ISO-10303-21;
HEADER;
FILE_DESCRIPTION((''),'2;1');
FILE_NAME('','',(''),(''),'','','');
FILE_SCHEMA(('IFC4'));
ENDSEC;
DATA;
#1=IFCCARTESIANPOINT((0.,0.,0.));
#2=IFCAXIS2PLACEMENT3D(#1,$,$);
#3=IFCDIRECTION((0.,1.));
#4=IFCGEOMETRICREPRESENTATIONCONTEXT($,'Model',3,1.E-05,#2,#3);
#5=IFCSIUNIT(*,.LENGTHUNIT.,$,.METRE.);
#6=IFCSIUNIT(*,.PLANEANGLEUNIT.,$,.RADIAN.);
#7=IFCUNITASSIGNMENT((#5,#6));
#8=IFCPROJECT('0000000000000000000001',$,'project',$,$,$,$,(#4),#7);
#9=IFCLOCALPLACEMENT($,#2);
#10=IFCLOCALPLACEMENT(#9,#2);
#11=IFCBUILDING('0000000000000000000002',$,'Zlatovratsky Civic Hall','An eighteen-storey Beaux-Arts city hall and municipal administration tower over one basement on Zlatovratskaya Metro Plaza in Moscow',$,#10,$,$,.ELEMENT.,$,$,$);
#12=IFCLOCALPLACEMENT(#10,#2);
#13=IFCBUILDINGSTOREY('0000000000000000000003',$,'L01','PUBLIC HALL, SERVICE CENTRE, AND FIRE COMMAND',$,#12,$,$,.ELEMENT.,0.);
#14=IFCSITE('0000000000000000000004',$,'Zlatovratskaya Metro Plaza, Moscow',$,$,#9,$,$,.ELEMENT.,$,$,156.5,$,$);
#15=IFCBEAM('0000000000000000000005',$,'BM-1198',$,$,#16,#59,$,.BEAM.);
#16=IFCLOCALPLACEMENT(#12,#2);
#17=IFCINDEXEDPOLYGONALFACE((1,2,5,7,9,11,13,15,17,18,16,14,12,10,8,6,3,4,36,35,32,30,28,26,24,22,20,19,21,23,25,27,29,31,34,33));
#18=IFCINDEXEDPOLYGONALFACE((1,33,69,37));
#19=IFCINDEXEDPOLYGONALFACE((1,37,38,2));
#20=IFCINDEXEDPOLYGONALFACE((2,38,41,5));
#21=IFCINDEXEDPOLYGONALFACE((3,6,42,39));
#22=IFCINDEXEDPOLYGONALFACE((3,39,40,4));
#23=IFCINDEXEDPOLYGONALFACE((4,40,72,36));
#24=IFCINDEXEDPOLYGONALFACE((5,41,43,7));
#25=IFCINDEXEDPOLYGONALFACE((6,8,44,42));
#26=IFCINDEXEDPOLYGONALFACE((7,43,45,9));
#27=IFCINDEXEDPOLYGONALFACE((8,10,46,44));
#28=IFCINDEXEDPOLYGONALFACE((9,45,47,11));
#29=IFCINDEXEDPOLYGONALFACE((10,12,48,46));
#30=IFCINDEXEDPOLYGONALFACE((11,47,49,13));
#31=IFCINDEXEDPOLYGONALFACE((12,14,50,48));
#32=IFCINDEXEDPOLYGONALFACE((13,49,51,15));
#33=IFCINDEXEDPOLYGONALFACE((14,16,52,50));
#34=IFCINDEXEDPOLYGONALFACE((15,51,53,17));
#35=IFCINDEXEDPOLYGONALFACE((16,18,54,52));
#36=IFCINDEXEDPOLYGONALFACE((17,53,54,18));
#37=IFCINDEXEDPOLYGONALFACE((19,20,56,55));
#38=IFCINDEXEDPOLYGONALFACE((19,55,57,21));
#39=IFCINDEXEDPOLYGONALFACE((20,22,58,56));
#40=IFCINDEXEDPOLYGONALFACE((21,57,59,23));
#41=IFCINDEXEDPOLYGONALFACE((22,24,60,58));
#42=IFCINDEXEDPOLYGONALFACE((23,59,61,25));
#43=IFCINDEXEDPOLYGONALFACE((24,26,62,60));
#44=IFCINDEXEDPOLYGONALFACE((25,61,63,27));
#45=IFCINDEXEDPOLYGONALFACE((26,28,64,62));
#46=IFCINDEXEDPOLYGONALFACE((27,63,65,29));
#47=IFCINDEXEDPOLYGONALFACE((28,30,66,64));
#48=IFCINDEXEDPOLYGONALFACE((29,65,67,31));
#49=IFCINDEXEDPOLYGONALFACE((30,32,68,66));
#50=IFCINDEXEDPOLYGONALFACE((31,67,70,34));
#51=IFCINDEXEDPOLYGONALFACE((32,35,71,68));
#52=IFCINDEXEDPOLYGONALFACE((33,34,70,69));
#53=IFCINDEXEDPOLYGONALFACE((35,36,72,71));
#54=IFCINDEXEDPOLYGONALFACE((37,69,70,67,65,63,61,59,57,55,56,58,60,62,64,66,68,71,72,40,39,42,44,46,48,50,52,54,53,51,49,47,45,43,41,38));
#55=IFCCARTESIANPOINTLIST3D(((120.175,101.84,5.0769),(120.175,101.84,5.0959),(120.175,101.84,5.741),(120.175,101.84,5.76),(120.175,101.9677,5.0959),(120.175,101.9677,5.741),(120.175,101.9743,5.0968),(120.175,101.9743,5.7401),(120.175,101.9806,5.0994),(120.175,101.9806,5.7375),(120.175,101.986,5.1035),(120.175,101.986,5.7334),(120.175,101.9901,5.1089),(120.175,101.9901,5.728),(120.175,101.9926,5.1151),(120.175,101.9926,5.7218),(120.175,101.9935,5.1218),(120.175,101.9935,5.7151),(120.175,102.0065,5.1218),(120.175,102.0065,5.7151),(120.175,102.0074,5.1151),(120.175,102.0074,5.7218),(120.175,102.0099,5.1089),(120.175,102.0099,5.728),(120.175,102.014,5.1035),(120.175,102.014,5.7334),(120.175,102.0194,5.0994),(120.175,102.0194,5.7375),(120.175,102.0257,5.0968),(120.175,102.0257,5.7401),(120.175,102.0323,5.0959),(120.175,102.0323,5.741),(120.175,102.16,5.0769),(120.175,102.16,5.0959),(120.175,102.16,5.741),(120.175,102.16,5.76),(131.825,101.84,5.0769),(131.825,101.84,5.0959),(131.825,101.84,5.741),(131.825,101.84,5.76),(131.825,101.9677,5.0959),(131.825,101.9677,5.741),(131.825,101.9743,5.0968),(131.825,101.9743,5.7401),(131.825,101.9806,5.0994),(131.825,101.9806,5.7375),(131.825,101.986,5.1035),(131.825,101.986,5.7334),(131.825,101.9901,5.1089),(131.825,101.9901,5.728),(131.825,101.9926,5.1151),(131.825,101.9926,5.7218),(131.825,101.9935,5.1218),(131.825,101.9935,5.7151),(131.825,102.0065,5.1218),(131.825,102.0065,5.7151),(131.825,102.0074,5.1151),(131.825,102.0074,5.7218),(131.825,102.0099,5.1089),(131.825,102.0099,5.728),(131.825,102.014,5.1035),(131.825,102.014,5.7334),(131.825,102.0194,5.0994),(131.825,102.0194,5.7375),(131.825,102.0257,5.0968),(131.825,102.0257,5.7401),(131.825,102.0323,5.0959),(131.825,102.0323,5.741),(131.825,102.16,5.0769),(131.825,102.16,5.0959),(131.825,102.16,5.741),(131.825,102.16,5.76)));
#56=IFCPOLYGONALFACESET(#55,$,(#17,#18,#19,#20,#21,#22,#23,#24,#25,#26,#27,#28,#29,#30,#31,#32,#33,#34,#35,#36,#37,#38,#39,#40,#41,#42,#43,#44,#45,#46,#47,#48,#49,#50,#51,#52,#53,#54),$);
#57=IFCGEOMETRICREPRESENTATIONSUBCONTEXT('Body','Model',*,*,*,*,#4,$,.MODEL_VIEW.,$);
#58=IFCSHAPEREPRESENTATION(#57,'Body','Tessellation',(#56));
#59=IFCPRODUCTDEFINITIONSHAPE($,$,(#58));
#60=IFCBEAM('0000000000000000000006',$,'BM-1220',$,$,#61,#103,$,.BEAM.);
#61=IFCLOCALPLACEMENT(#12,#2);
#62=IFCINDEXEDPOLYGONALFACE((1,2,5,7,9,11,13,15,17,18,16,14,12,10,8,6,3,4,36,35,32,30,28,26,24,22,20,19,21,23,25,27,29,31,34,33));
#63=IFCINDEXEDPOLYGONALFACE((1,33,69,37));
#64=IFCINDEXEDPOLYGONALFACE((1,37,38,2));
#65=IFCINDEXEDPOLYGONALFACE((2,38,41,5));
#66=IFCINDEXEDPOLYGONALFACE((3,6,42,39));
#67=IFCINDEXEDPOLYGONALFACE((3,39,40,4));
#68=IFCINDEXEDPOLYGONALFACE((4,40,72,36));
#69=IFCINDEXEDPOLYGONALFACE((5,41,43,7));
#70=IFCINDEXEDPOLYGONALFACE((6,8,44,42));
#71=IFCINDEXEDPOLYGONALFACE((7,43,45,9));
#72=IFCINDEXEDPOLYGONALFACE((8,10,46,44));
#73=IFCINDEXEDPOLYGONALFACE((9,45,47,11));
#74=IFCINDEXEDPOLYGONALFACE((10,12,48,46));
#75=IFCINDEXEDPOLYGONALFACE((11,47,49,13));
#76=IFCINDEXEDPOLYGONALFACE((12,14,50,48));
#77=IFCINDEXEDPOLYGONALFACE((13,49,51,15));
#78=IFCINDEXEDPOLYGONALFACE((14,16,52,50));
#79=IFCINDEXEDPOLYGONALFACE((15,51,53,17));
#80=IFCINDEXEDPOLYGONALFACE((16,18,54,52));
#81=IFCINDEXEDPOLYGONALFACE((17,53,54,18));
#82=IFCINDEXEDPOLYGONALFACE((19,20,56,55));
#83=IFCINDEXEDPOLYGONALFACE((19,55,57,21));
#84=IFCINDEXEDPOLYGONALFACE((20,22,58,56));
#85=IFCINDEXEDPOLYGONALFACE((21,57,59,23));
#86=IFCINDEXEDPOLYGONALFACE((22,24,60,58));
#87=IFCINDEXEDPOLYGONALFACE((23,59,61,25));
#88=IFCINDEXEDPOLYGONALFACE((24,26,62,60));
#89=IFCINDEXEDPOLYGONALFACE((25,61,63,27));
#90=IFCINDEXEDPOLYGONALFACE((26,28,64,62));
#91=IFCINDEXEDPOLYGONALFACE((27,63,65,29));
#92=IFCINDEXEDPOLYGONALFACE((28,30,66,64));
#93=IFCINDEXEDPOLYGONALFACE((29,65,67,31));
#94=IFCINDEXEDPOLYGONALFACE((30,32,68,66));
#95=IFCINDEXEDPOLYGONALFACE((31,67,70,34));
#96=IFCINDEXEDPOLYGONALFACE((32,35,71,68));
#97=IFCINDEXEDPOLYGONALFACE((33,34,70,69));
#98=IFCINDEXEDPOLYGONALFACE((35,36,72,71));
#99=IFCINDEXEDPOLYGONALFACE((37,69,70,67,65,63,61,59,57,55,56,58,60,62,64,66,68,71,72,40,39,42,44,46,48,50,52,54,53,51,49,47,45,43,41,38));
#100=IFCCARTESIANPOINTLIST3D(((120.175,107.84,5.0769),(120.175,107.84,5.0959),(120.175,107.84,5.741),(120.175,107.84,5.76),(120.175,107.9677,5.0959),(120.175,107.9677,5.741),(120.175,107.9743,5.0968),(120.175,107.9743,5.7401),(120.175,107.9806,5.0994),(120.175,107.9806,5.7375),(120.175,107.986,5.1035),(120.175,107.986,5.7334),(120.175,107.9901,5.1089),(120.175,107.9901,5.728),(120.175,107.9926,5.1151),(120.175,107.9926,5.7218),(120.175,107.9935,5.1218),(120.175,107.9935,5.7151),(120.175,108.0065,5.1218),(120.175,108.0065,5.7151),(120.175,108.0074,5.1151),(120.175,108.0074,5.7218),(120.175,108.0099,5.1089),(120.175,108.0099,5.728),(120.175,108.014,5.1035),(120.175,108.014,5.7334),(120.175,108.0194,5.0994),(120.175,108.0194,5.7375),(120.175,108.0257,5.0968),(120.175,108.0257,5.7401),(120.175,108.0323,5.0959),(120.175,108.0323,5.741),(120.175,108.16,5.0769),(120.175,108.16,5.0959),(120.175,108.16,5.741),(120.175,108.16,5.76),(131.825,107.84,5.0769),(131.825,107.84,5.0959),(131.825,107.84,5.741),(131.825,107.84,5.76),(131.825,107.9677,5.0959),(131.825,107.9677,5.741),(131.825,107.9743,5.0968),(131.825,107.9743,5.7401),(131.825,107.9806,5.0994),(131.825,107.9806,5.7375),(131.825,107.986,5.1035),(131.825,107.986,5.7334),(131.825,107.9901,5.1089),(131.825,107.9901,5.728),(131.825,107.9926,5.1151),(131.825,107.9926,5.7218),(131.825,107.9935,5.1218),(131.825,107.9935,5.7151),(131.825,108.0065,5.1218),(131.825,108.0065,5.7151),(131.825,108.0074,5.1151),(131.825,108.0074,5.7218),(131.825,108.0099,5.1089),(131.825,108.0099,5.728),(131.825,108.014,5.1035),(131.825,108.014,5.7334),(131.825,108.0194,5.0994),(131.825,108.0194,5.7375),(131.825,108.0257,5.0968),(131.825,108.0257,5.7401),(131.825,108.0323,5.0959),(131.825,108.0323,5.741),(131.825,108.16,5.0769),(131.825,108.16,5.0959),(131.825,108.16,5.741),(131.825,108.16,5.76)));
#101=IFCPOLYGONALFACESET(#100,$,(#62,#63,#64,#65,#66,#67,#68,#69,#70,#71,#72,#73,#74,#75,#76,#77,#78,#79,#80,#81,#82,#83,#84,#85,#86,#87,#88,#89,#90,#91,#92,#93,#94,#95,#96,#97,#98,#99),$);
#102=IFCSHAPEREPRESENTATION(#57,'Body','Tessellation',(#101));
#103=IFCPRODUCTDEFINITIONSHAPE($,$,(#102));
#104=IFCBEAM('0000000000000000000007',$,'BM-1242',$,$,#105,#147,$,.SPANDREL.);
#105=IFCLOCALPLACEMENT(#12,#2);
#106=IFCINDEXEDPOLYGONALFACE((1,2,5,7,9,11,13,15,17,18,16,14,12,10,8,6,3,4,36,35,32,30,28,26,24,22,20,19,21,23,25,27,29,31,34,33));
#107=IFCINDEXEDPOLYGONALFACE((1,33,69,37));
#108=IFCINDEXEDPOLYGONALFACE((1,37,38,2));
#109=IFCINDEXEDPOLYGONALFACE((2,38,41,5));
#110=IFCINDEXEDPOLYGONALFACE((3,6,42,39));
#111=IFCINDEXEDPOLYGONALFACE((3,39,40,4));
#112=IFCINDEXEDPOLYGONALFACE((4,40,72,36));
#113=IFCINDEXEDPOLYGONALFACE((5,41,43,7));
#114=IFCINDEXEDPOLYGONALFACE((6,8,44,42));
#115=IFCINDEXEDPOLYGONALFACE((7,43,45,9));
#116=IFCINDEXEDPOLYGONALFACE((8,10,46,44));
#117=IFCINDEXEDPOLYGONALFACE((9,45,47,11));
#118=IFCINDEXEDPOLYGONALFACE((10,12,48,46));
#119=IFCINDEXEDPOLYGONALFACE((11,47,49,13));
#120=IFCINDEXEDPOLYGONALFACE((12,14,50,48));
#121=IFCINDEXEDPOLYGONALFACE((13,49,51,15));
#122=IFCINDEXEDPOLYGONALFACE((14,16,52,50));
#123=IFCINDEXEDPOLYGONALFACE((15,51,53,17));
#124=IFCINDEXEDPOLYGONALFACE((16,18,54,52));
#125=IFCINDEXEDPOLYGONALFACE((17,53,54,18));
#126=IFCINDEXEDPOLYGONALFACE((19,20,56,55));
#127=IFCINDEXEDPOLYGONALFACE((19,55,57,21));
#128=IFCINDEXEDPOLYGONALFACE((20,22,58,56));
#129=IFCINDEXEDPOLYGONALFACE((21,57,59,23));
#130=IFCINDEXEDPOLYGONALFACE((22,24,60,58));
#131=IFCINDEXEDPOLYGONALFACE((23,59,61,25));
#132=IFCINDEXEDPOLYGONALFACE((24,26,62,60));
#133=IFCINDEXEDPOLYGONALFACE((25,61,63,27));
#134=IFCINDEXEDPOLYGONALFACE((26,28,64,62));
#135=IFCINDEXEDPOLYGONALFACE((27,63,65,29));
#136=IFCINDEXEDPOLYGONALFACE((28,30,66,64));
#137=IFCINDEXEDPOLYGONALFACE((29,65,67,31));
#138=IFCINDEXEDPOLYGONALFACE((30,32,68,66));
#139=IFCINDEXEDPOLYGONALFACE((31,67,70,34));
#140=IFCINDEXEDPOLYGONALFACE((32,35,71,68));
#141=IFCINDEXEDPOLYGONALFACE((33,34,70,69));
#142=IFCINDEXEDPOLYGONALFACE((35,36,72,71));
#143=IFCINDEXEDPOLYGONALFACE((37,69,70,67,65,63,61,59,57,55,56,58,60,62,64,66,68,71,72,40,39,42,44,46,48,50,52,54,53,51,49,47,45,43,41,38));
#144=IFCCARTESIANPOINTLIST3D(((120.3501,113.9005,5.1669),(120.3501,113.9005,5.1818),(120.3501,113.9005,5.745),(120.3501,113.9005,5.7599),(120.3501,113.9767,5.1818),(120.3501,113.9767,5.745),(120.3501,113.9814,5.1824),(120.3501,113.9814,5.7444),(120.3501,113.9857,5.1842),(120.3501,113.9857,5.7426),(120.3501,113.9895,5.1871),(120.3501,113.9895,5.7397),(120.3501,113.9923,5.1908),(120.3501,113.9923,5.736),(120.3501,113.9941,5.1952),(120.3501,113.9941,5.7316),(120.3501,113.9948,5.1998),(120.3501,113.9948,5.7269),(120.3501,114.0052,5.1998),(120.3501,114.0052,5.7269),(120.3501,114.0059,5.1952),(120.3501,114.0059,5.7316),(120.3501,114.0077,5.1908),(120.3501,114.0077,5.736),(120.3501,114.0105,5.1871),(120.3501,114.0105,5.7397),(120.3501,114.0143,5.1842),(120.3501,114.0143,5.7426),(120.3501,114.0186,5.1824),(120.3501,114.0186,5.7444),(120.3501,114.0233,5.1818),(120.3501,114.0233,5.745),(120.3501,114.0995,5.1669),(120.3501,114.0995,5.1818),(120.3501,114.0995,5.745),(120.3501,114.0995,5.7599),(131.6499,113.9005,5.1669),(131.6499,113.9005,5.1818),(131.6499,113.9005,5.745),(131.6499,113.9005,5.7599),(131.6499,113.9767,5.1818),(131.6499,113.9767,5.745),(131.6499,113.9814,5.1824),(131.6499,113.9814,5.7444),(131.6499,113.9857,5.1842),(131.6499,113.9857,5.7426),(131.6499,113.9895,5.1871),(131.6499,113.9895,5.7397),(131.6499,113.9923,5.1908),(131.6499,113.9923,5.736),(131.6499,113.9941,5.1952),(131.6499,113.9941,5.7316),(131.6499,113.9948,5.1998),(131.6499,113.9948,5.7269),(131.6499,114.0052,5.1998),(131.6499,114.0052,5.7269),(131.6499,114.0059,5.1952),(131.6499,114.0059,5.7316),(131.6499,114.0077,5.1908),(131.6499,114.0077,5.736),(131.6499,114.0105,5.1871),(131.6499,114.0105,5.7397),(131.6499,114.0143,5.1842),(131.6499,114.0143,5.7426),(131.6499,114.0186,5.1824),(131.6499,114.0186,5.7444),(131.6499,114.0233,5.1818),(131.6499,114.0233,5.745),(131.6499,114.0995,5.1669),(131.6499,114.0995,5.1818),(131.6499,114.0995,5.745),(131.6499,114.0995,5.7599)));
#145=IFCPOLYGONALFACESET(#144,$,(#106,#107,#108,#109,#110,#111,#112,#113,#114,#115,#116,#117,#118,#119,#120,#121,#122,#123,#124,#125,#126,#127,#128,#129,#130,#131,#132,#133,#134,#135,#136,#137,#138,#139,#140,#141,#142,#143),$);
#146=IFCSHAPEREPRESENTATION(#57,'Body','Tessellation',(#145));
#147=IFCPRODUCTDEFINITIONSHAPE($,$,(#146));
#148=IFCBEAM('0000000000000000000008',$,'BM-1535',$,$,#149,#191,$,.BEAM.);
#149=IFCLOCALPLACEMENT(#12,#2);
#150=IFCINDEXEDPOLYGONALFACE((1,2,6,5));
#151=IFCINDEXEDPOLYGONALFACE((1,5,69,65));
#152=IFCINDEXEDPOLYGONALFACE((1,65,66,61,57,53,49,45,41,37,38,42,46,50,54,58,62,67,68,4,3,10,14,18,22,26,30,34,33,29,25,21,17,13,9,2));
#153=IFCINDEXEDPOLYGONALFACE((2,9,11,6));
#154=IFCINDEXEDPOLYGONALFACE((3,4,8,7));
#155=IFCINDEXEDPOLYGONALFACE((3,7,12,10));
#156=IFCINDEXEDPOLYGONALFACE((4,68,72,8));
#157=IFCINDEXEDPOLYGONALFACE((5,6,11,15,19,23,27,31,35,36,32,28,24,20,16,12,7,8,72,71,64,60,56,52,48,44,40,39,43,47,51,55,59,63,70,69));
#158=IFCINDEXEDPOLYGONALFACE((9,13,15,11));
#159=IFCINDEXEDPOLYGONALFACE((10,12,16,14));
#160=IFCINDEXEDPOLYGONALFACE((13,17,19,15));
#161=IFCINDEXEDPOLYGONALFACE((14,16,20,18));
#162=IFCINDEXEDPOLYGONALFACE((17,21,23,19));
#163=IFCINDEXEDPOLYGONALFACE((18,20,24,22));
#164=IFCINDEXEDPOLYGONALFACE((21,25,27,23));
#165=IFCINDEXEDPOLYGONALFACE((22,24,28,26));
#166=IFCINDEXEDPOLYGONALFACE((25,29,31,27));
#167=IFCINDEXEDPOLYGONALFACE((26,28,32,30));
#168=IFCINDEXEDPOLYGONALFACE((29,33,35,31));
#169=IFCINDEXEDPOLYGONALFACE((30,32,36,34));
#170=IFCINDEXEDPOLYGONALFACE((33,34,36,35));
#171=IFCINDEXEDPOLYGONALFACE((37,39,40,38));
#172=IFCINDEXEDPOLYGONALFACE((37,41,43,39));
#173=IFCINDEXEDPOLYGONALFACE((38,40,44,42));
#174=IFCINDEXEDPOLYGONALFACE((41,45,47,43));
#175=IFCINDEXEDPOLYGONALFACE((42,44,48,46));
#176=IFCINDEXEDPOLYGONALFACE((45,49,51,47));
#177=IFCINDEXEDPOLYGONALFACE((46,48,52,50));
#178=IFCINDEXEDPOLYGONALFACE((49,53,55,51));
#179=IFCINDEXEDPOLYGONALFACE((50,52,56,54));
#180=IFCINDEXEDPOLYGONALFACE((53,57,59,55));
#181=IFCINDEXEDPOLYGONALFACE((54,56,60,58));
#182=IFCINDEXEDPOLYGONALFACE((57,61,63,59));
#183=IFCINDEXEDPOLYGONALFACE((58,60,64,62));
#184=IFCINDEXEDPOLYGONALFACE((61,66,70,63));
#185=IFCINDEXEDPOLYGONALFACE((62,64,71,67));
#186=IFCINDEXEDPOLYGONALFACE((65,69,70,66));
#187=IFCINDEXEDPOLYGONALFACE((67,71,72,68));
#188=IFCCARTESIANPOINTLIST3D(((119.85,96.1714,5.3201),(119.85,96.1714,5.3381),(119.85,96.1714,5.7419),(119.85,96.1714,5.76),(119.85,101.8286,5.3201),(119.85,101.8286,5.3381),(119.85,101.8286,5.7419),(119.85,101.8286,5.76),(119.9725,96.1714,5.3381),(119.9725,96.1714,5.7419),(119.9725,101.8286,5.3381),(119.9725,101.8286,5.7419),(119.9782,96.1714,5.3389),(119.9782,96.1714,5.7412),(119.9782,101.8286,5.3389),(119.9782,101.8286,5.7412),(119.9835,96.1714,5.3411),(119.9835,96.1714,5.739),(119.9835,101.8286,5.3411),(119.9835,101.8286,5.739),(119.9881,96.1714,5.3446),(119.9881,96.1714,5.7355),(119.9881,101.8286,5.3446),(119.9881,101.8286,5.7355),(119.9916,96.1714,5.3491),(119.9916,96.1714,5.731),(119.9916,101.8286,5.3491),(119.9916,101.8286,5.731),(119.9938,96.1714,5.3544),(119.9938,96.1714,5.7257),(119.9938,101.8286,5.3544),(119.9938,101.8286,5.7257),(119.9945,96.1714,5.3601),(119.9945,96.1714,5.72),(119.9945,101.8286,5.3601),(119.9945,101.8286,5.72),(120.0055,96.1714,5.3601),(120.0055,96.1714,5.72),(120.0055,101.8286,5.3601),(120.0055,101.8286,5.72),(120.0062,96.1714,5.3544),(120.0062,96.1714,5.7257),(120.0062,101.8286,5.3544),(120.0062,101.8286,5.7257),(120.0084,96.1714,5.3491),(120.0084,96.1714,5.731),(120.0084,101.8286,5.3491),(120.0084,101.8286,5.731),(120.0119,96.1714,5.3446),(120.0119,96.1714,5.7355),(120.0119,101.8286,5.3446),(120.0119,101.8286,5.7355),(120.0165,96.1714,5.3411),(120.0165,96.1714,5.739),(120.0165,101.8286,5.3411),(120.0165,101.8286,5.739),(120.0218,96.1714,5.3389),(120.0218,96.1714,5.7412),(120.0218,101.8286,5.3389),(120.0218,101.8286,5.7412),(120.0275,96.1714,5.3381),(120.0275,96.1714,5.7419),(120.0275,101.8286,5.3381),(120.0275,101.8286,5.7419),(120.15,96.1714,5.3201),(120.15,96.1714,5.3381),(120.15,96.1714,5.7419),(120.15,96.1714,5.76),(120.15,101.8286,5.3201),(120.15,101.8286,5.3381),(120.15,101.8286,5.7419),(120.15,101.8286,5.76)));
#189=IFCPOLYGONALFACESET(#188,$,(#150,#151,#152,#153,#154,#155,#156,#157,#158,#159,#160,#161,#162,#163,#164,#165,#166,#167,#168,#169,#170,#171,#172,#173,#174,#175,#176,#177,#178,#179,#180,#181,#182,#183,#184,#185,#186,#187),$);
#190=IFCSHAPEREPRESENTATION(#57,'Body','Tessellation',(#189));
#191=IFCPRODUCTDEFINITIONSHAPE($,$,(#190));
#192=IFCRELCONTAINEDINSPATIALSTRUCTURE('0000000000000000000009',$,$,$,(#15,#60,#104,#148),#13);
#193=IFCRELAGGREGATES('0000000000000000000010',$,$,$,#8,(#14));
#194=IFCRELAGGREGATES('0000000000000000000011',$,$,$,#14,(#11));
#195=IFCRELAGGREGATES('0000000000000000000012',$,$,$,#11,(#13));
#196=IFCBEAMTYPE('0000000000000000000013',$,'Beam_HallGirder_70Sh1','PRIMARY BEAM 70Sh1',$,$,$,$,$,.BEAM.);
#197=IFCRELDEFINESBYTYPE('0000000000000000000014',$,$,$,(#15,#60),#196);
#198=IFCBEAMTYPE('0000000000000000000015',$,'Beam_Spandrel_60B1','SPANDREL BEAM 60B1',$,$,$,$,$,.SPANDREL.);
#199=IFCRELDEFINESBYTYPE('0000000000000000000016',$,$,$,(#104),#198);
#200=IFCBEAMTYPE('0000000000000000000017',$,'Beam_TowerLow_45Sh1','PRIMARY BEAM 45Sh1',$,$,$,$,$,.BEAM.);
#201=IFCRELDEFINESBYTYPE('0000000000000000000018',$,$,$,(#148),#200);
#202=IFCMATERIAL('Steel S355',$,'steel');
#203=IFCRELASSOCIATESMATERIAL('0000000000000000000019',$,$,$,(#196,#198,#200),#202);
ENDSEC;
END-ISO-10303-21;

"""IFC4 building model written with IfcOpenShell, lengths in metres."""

from ifc_helpers import new_model, si_unit, direction, frame, origin, origin_2d, place, context, subcontext, project, spatial, i_section, extrude, material, material_profile, profile_set, type_object, element, save


model = new_model("IFC4")

# Units and contexts
model_context = context("Model", 3, precision=1e-05, world=origin(), true_north=direction((0.0, 1.0)))
body_context = subcontext(model_context, "Body", "Model", "MODEL_VIEW")
ifc_project = project(units=[si_unit("LENGTHUNIT", "METRE"), si_unit("PLANEANGLEUNIT", "RADIAN")], contexts=[model_context])

# Site, building, storey
site_placement = place(None, origin())
site = spatial("IfcSite", under=ifc_project, at=site_placement, Name="Zlatovratskaya Metro Plaza, Moscow", CompositionType="ELEMENT", RefElevation=156.5)
building_placement = place(site_placement, origin())
building = spatial("IfcBuilding", under=site, at=building_placement, Name="Zlatovratsky Civic Hall", Description="An eighteen-storey Beaux-Arts city hall and municipal administration tower over one basement on Zlatovratskaya Metro Plaza in Moscow", CompositionType="ELEMENT")
storey_placement = place(building_placement, origin())
storey = spatial("IfcBuildingStorey", under=building, at=storey_placement, Name="L01", Description="PUBLIC HALL, SERVICE CENTRE, AND FIRE COMMAND", CompositionType="ELEMENT", Elevation=0.0)

# Shared definitions
ifc_material_1 = material(Name="Steel S355", Category="steel")

# Beams
ifc_material_profile_1 = material_profile(ifc_material_1, i_section(OverallWidth=0.3201, OverallDepth=0.6831, WebThickness=0.0129, FlangeThickness=0.019, FilletRadius=0.0259, at=origin_2d()), Name="70Sh1")
ifc_profile_set_1 = profile_set([ifc_material_profile_1], Name="Steel S355")
beam_type_1 = type_object("IfcBeamType", Name="Beam_HallGirder_70Sh1", Description="PRIMARY BEAM 70Sh1", PredefinedType="BEAM", material=ifc_profile_set_1)
for number, where, z_axis, x_axis, name in (
    (1, (120.175, 102.0, 5.4185), (1.0, 0.0, 0.0), (0.0, 1.0, 0.0), "BM-1198"),
    (2, (120.175, 108.0, 5.4185), (1.0, 0.0, 0.0), (0.0, 1.0, 0.0), "BM-1220"),
):
    element("IfcBeam", number, at=place(storey_placement, frame(where, z_axis=z_axis, x_axis=x_axis)), inside=storey, type_object=beam_type_1, Name=name, PredefinedType="BEAM", context=body_context, shape_type="SweptSolid", body=[
        extrude(i_section(OverallWidth=0.3201, OverallDepth=0.6831, WebThickness=0.0129, FlangeThickness=0.019, FilletRadius=0.0259, at=origin_2d()), origin(), (0.0, 0.0, 1.0), 11.6499),
    ])
ifc_material_profile_2 = material_profile(ifc_material_1, i_section(OverallWidth=0.199, OverallDepth=0.593, WebThickness=0.0105, FlangeThickness=0.0149, FilletRadius=0.0181, at=origin_2d()), Name="60B1")
ifc_profile_set_2 = profile_set([ifc_material_profile_2], Name="Steel S355")
beam_type_2 = type_object("IfcBeamType", Name="Beam_Spandrel_60B1", Description="SPANDREL BEAM 60B1", PredefinedType="SPANDREL", material=ifc_profile_set_2)
beam_1_placement = place(storey_placement, frame((120.3501, 114.0, 5.4634), z_axis=(1.0, 0.0, 0.0), x_axis=(0.0, 1.0, 0.0)))
element("IfcBeam", 3, at=beam_1_placement, inside=storey, type_object=beam_type_2, Name="BM-1242", PredefinedType="SPANDREL", context=body_context, shape_type="SweptSolid", body=[
    extrude(i_section(OverallWidth=0.199, OverallDepth=0.593, WebThickness=0.0105, FlangeThickness=0.0149, FilletRadius=0.0181, at=origin_2d()), origin(), (0.0, 0.0, 1.0), 11.2998),
])
ifc_material_profile_3 = material_profile(ifc_material_1, i_section(OverallWidth=0.3, OverallDepth=0.4399, WebThickness=0.011, FlangeThickness=0.0181, FilletRadius=0.022, at=origin_2d()), Name="45Sh1")
ifc_profile_set_3 = profile_set([ifc_material_profile_3], Name="Steel S355")
beam_type_3 = type_object("IfcBeamType", Name="Beam_TowerLow_45Sh1", Description="PRIMARY BEAM 45Sh1", PredefinedType="BEAM", material=ifc_profile_set_3)
for number, where, z_axis, x_axis, name in (
    (4, (120.0, 96.1714, 5.54), (0.0, 1.0, 0.0), (-1.0, 0.0, 0.0), "BM-1535"),
):
    element("IfcBeam", number, at=place(storey_placement, frame(where, z_axis=z_axis, x_axis=x_axis)), inside=storey, type_object=beam_type_3, Name=name, PredefinedType="BEAM", context=body_context, shape_type="SweptSolid", body=[
        extrude(i_section(OverallWidth=0.3, OverallDepth=0.4399, WebThickness=0.011, FlangeThickness=0.0181, FilletRadius=0.022, at=origin_2d()), origin(), (0.0, 0.0, 1.0), 5.6572),
    ])

save(model, "model.ifc")
